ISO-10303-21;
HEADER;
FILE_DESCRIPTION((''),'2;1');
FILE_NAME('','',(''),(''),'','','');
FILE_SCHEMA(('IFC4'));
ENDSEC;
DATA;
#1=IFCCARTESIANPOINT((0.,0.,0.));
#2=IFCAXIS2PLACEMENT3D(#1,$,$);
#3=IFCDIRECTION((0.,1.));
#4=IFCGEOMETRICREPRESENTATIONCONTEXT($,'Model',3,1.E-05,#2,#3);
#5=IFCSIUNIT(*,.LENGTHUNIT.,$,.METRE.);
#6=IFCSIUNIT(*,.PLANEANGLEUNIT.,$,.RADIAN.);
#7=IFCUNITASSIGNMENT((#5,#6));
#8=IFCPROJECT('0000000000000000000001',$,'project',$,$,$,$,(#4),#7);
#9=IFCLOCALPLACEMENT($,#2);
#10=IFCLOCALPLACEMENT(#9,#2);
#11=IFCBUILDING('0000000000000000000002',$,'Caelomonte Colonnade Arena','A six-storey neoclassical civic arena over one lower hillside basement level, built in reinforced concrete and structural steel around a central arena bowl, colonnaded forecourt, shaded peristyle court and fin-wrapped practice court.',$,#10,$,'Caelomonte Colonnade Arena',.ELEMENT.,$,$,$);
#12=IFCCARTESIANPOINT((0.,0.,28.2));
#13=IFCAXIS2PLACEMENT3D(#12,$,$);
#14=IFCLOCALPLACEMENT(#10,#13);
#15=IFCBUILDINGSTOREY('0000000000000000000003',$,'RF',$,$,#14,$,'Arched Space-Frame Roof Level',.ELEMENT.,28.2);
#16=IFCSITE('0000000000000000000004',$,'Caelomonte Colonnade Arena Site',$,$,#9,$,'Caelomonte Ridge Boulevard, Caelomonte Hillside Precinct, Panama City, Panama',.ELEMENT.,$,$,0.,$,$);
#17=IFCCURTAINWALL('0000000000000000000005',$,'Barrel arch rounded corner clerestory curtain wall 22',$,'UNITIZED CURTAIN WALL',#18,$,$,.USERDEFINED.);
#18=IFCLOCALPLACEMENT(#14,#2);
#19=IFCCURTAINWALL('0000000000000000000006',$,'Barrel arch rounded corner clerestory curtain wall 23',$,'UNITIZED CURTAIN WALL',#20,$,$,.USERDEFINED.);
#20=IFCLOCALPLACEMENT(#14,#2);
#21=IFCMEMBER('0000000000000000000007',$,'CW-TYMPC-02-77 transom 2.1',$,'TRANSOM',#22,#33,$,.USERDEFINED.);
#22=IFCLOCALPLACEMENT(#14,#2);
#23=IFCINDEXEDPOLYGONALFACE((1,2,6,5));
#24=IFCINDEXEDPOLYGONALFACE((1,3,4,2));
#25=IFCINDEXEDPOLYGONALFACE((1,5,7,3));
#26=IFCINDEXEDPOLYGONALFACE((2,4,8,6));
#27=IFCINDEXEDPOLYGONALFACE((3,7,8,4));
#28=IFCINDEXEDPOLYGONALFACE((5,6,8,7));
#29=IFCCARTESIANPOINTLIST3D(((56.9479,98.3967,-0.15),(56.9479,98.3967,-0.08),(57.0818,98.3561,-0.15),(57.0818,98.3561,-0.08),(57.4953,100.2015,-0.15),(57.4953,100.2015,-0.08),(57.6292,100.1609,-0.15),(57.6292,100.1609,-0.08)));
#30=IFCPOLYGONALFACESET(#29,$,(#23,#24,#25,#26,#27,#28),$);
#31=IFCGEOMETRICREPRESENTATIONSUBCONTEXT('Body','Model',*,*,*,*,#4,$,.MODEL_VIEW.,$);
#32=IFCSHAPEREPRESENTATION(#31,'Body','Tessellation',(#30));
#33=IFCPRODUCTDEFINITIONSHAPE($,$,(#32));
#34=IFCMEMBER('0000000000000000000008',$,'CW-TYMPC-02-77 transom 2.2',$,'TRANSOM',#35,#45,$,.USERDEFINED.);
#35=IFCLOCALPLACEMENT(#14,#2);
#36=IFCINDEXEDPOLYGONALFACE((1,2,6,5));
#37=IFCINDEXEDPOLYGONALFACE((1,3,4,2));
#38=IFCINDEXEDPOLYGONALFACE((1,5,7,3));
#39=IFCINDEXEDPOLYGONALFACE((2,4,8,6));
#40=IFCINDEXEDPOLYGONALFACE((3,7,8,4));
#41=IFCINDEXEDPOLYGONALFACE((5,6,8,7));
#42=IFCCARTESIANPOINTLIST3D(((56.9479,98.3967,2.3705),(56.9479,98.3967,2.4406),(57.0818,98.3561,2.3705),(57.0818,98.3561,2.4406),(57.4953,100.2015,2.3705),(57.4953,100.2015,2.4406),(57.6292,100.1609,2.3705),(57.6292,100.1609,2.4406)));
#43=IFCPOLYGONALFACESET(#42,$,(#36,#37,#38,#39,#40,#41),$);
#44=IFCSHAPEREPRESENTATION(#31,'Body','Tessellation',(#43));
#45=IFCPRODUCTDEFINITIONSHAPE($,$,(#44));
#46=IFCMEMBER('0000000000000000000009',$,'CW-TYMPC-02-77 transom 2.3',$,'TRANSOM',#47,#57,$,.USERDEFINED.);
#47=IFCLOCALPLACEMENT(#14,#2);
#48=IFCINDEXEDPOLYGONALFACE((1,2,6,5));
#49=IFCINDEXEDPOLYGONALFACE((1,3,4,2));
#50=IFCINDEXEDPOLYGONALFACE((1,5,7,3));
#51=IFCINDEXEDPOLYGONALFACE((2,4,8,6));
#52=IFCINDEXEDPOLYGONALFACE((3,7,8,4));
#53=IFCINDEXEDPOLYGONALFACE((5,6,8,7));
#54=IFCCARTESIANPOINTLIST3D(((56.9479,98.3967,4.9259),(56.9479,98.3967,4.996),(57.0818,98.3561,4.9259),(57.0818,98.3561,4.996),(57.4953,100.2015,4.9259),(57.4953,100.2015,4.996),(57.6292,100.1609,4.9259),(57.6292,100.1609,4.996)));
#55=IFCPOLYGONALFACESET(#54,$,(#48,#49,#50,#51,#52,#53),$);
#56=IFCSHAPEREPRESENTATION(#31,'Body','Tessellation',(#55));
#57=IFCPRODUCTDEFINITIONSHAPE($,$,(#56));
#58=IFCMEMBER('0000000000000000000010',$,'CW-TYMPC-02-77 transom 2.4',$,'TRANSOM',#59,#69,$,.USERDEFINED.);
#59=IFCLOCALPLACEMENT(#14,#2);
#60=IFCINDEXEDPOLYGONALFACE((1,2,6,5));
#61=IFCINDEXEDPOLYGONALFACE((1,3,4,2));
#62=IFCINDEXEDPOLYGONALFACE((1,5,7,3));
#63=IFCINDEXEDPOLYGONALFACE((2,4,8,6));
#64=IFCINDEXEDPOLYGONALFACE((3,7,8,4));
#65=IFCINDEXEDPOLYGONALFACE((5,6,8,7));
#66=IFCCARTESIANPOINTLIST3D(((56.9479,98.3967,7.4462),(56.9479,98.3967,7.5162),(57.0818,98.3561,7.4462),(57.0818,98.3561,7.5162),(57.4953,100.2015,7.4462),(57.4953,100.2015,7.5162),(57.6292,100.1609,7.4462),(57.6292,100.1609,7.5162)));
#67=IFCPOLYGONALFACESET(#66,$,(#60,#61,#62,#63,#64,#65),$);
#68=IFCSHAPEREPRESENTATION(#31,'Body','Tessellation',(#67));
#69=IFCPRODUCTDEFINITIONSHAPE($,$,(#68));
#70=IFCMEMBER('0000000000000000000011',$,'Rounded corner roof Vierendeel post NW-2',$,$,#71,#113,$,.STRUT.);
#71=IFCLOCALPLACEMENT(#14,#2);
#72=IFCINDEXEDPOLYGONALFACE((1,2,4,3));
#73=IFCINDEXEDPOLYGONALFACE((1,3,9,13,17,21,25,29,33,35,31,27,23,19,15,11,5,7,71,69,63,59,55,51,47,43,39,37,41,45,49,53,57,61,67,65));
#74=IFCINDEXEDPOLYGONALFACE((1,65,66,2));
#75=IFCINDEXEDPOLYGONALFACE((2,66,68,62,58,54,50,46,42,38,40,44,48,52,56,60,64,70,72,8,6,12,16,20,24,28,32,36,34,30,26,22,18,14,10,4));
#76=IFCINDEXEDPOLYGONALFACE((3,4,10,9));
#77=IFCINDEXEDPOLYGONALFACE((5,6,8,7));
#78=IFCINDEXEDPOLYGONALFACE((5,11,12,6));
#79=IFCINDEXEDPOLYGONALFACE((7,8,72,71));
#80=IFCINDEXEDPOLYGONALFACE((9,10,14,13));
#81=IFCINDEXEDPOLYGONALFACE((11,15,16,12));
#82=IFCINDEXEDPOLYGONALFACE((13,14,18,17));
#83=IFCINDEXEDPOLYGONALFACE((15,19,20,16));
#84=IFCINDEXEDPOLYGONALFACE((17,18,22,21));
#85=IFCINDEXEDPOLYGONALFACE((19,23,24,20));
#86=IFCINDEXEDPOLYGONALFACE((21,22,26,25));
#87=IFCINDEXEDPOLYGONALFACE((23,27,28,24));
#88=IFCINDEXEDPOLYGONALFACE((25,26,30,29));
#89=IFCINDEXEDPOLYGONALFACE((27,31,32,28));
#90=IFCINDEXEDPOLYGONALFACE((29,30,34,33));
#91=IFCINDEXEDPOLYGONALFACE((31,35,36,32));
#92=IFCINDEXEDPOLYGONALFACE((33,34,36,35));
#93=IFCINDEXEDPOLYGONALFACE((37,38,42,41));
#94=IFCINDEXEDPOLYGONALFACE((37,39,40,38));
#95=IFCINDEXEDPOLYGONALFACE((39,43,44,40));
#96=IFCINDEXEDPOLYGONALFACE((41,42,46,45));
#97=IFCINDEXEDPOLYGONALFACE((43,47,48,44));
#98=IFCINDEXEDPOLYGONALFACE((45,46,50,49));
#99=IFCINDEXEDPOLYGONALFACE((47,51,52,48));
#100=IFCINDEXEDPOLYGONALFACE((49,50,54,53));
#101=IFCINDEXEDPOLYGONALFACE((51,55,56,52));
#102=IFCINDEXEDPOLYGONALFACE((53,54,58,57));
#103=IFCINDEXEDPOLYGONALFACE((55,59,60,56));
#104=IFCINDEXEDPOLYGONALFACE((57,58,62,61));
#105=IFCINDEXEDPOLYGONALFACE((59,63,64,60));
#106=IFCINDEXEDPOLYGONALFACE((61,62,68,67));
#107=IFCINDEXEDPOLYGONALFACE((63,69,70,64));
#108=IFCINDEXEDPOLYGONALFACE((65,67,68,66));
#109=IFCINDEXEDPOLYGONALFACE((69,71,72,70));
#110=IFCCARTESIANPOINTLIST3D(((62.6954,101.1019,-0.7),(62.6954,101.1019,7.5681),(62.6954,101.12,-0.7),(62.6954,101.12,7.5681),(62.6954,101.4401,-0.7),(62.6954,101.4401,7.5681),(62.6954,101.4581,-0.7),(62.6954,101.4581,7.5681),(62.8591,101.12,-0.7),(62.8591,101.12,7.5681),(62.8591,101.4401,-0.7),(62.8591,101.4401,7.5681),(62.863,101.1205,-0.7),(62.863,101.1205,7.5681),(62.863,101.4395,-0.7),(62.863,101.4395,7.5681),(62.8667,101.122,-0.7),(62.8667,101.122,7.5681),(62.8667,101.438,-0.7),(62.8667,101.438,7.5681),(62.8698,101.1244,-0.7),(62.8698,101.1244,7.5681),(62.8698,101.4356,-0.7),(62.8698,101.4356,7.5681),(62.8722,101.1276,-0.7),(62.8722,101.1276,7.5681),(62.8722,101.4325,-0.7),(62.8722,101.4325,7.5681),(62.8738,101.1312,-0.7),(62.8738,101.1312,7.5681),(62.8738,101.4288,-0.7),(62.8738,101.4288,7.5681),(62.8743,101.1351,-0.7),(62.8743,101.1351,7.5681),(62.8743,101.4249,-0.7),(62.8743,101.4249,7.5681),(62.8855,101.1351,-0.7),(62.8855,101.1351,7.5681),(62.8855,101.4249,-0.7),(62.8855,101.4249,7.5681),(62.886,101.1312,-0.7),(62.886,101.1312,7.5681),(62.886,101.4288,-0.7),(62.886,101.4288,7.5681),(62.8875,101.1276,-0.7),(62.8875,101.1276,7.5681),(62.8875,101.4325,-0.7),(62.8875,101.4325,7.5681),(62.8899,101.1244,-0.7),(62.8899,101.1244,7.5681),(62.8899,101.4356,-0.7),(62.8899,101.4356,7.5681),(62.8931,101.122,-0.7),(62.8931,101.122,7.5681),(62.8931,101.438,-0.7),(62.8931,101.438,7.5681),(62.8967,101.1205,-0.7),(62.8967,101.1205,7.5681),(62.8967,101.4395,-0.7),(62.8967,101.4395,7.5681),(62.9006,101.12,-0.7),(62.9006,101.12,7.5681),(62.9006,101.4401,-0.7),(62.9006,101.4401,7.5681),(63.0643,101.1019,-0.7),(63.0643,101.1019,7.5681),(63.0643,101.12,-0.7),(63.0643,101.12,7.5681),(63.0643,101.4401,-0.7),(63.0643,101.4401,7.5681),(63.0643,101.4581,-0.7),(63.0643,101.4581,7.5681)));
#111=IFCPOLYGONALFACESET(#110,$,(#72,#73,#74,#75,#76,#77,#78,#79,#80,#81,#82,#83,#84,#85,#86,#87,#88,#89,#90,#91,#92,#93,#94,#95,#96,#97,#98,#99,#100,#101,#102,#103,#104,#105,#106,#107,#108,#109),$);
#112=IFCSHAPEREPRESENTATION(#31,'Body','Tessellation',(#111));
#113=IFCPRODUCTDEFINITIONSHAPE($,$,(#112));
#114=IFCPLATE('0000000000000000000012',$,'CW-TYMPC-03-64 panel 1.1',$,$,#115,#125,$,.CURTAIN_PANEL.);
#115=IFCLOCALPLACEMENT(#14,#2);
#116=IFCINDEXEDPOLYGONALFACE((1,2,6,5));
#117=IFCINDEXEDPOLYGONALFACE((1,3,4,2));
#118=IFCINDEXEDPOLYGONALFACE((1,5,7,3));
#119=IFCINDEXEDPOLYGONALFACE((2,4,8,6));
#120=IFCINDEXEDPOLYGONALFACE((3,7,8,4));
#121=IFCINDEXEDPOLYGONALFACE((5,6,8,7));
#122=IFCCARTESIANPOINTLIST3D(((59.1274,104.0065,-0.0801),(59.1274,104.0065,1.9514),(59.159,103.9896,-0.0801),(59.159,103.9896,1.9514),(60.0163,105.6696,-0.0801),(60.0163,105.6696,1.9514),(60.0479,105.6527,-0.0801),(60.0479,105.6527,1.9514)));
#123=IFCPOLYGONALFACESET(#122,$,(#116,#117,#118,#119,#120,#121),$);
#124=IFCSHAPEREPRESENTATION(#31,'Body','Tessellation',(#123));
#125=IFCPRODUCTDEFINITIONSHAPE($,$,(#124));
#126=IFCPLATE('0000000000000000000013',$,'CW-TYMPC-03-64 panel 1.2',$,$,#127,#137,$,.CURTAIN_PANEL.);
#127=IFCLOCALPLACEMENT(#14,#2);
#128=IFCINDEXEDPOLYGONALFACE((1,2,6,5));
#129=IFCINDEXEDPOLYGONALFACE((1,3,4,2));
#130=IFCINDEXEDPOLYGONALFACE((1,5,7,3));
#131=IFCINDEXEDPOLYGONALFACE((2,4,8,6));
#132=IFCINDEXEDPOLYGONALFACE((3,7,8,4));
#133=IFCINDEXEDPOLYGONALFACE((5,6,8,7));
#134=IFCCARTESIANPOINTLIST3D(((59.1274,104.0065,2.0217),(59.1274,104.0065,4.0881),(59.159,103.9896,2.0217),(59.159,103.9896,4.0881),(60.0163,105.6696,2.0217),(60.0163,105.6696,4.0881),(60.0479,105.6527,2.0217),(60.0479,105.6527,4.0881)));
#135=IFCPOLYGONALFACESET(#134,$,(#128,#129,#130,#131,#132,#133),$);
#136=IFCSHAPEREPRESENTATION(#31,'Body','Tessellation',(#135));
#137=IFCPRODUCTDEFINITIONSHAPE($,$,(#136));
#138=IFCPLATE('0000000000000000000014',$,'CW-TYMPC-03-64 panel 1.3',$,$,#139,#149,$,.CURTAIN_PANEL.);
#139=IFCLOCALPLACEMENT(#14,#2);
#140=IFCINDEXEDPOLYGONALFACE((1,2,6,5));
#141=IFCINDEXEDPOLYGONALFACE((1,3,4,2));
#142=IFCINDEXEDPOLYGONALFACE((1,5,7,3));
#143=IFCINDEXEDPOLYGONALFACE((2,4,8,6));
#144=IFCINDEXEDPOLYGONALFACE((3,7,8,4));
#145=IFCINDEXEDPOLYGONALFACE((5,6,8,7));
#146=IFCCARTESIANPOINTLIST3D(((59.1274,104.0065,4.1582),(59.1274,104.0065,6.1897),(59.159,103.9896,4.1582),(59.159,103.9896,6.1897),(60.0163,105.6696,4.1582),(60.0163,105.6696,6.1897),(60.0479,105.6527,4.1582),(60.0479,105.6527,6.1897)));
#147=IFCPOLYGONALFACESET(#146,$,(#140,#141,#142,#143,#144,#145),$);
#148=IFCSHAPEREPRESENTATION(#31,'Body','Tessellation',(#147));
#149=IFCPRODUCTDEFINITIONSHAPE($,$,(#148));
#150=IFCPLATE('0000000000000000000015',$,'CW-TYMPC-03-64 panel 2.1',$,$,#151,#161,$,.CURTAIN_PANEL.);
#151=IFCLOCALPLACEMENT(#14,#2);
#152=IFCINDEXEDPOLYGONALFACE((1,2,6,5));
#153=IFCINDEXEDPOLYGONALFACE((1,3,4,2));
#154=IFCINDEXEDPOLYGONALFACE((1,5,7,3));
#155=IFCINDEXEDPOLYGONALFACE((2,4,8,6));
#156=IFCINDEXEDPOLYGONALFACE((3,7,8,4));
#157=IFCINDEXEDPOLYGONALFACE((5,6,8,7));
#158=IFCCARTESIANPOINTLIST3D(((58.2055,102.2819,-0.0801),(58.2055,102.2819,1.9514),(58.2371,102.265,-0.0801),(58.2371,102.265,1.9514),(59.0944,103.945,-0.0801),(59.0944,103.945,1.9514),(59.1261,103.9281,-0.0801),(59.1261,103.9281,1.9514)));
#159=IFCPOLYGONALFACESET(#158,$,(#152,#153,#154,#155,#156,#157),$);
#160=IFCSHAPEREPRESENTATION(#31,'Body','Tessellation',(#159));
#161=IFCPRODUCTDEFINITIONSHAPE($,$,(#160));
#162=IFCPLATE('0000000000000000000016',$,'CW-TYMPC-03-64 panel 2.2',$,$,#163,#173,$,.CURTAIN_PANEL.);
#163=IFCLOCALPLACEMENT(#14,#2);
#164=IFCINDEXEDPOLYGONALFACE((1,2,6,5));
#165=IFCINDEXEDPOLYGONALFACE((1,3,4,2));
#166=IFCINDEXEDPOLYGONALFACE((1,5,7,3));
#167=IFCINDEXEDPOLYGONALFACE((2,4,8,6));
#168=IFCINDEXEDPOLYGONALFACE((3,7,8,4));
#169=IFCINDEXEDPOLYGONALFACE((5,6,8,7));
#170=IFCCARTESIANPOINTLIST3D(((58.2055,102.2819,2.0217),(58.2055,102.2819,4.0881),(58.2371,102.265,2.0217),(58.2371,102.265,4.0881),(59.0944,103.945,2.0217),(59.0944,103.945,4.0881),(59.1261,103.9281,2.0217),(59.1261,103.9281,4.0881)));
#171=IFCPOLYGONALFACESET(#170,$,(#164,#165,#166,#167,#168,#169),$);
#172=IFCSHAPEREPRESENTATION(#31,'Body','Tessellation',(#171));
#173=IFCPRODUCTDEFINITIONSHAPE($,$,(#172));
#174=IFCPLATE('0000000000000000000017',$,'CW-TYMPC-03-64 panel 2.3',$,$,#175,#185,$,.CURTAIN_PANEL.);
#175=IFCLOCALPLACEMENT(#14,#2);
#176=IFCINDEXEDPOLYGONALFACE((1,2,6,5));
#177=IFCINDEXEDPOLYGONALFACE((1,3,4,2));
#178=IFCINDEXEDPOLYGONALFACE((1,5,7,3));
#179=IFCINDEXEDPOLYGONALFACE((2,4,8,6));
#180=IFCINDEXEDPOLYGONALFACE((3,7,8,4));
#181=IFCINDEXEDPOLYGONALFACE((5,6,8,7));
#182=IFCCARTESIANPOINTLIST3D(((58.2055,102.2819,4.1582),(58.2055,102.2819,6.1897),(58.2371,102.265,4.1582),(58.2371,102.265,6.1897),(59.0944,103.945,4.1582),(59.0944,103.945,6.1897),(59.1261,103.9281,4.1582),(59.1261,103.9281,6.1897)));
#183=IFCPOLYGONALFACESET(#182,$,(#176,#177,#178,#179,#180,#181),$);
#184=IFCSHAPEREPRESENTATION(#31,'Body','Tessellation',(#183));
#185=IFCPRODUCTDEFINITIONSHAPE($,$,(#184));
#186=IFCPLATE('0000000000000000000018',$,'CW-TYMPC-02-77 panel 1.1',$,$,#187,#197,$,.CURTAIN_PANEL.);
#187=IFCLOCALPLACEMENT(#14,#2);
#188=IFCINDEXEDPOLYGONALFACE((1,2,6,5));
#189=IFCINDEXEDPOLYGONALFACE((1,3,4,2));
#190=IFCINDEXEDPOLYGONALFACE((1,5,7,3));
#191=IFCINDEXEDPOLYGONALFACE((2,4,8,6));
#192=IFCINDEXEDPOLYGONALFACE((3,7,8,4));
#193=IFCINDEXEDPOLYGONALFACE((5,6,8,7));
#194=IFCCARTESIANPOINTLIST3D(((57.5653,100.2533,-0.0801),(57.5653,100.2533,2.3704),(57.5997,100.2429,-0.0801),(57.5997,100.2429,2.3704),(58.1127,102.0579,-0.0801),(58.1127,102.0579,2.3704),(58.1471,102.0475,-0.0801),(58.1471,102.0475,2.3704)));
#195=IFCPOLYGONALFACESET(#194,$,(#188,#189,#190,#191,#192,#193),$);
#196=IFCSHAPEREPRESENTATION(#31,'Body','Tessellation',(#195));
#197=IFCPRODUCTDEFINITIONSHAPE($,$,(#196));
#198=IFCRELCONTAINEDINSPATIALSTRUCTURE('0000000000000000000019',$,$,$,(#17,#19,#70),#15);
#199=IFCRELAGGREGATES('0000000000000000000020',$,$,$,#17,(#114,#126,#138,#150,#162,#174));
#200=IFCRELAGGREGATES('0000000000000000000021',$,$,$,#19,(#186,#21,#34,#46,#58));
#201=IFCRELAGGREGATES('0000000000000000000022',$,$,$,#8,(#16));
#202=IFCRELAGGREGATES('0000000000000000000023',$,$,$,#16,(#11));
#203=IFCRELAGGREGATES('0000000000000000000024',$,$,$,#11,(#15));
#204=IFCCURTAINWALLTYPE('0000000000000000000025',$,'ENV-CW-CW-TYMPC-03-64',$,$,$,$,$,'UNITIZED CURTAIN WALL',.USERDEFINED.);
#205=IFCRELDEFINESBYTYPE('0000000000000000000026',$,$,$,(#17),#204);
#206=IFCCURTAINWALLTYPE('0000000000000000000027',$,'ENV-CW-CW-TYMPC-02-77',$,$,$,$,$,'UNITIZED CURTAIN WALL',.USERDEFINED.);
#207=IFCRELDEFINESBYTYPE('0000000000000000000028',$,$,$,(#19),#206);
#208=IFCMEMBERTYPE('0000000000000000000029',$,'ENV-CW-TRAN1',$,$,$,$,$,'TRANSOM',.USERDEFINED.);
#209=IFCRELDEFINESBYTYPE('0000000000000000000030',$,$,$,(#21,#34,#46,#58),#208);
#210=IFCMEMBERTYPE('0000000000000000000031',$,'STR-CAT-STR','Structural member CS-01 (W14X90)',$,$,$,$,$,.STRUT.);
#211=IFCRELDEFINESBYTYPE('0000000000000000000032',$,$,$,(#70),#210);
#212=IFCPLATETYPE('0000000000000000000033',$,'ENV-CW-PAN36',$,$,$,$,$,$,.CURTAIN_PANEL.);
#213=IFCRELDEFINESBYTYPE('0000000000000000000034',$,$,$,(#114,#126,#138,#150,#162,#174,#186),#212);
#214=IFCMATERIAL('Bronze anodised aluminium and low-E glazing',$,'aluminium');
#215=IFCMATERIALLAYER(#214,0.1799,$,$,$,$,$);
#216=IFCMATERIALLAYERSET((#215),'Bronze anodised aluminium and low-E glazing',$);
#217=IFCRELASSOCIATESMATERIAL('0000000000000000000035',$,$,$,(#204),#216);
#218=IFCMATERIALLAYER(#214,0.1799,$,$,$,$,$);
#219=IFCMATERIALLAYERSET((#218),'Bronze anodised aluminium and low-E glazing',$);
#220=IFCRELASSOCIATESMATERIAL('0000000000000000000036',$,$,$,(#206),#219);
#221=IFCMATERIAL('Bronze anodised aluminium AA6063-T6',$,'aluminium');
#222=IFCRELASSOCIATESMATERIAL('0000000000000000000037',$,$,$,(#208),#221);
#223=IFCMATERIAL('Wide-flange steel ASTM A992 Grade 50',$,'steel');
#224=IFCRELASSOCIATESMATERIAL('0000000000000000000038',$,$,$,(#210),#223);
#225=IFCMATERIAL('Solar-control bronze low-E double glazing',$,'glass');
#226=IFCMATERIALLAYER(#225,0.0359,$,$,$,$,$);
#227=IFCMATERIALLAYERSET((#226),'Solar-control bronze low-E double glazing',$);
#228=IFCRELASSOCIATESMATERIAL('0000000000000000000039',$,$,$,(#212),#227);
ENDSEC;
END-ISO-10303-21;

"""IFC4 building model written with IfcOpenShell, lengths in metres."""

from ifc_helpers import new_model, si_unit, direction, frame, origin, origin_2d, place, context, subcontext, project, spatial, rectangle, i_section, extrude, material, layer, layer_set, material_profile, profile_set, type_object, element, aggregate, save


model = new_model("IFC4")

# Units and contexts
model_context = context("Model", 3, precision=1e-05, world=origin(), true_north=direction((0.0, 1.0)))
body_context = subcontext(model_context, "Body", "Model", "MODEL_VIEW")
ifc_project = project(units=[si_unit("LENGTHUNIT", "METRE"), si_unit("PLANEANGLEUNIT", "RADIAN")], contexts=[model_context])

# Site, building, storey
site_placement = place(None, origin())
site = spatial("IfcSite", under=ifc_project, at=site_placement, Name="Caelomonte Colonnade Arena Site", LongName="Caelomonte Ridge Boulevard, Caelomonte Hillside Precinct, Panama City, Panama", CompositionType="ELEMENT", RefElevation=0.0)
building_placement = place(site_placement, origin())
building = spatial("IfcBuilding", under=site, at=building_placement, Name="Caelomonte Colonnade Arena", Description="A six-storey neoclassical civic arena over one lower hillside basement level, built in reinforced concrete and structural steel around a central arena bowl, colonnaded forecourt, shaded peristyle court and fin-wrapped practice court.", LongName="Caelomonte Colonnade Arena", CompositionType="ELEMENT")
storey_placement = place(building_placement, frame((0.0, 0.0, 28.2)))
storey = spatial("IfcBuildingStorey", under=building, at=storey_placement, Name="RF", LongName="Arched Space-Frame Roof Level", CompositionType="ELEMENT", Elevation=28.2)

# Curtain walls
ifc_material_1 = material(Name="Bronze anodised aluminium and low-E glazing", Category="aluminium")
ifc_layer_1 = layer(ifc_material_1, 0.1799)
ifc_layer_set_1 = layer_set([ifc_layer_1], Name="Bronze anodised aluminium and low-E glazing")
curtain_wall_type_1 = type_object("IfcCurtainWallType", Name="ENV-CW-CW-TYMPC-03-64", ElementType="UNITIZED CURTAIN WALL", PredefinedType="USERDEFINED", material=ifc_layer_set_1)
curtain_wall_1_placement = place(storey_placement, origin())
curtain_wall_1 = element("IfcCurtainWall", 1, at=curtain_wall_1_placement, inside=storey, type_object=curtain_wall_type_1, Name="Barrel arch rounded corner clerestory curtain wall 22", ObjectType="UNITIZED CURTAIN WALL", PredefinedType="USERDEFINED")
ifc_material_2 = material(Name="Bronze anodised aluminium AA6063-T6", Category="aluminium")
ifc_layer_2 = layer(ifc_material_1, 0.1799)
ifc_layer_set_2 = layer_set([ifc_layer_2], Name="Bronze anodised aluminium and low-E glazing")
curtain_wall_type_2 = type_object("IfcCurtainWallType", Name="ENV-CW-CW-TYMPC-02-77", ElementType="UNITIZED CURTAIN WALL", PredefinedType="USERDEFINED", material=ifc_layer_set_2)
curtain_wall_2_placement = place(storey_placement, origin())
curtain_wall_2 = element("IfcCurtainWall", 2, at=curtain_wall_2_placement, inside=storey, type_object=curtain_wall_type_2, Name="Barrel arch rounded corner clerestory curtain wall 23", ObjectType="UNITIZED CURTAIN WALL", PredefinedType="USERDEFINED")

# Members
ifc_material_profile_1 = material_profile(ifc_material_2, rectangle(XDim=0.0701, YDim=0.1399, at=origin_2d()), Name="CWT-70X140")
ifc_profile_set_1 = profile_set([ifc_material_profile_1], Name="Bronze anodised aluminium AA6063-T6")
member_type_1 = type_object("IfcMemberType", Name="ENV-CW-TRAN1", ElementType="TRANSOM", PredefinedType="USERDEFINED", material=ifc_profile_set_1)
member_1_placement = place(storey_placement, frame((57.5623, 100.1812, -0.115), z_axis=(-0.290245, -0.956953, 0.0), x_axis=(0.0, 0.0, 1.0)))
member_1 = element("IfcMember", 3, at=member_1_placement, type_object=member_type_1, Name="CW-TYMPC-02-77 transom 2.1", ObjectType="TRANSOM", PredefinedType="USERDEFINED", context=body_context, shape_type="SweptSolid", body=[
    extrude(rectangle(XDim=0.0701, YDim=0.1399, at=origin_2d()), origin(), (0.0, 0.0, 1.0), 1.886),
])
member_2_placement = place(storey_placement, frame((57.5623, 100.1812, 2.4055), z_axis=(-0.290245, -0.956953, 0.0), x_axis=(0.0, 0.0, 1.0)))
member_2 = element("IfcMember", 4, at=member_2_placement, type_object=member_type_1, Name="CW-TYMPC-02-77 transom 2.2", ObjectType="TRANSOM", PredefinedType="USERDEFINED", context=body_context, shape_type="SweptSolid", body=[
    extrude(rectangle(XDim=0.0701, YDim=0.1399, at=origin_2d()), origin(), (0.0, 0.0, 1.0), 1.886),
])
member_3_placement = place(storey_placement, frame((57.5623, 100.1812, 4.9609), z_axis=(-0.290245, -0.956953, 0.0), x_axis=(0.0, 0.0, 1.0)))
member_3 = element("IfcMember", 5, at=member_3_placement, type_object=member_type_1, Name="CW-TYMPC-02-77 transom 2.3", ObjectType="TRANSOM", PredefinedType="USERDEFINED", context=body_context, shape_type="SweptSolid", body=[
    extrude(rectangle(XDim=0.0701, YDim=0.1399, at=origin_2d()), origin(), (0.0, 0.0, 1.0), 1.886),
])
member_4_placement = place(storey_placement, frame((57.5623, 100.1812, 7.4812), z_axis=(-0.290245, -0.956953, 0.0), x_axis=(0.0, 0.0, 1.0)))
member_4 = element("IfcMember", 6, at=member_4_placement, type_object=member_type_1, Name="CW-TYMPC-02-77 transom 2.4", ObjectType="TRANSOM", PredefinedType="USERDEFINED", context=body_context, shape_type="SweptSolid", body=[
    extrude(rectangle(XDim=0.0701, YDim=0.1399, at=origin_2d()), origin(), (0.0, 0.0, 1.0), 1.886),
])
ifc_material_3 = material(Name="Wide-flange steel ASTM A992 Grade 50", Category="steel")
ifc_material_profile_2 = material_profile(ifc_material_3, i_section(OverallWidth=0.3689, OverallDepth=0.3562, WebThickness=0.0112, FlangeThickness=0.0181, FilletRadius=0.0151, at=origin_2d()), Name="W14X90")
ifc_profile_set_2 = profile_set([ifc_material_profile_2], Name="Wide-flange steel ASTM A992 Grade 50")
member_type_2 = type_object("IfcMemberType", Name="STR-CAT-STR", Description="Structural member CS-01 (W14X90)", PredefinedType="STRUT", material=ifc_profile_set_2)
member_5_placement = place(storey_placement, frame((62.8799, 101.28, -0.7), z_axis=(0.0, 0.0, 1.0), x_axis=(1.0, 0.0, 0.0)))
element("IfcMember", 7, at=member_5_placement, inside=storey, type_object=member_type_2, Name="Rounded corner roof Vierendeel post NW-2", PredefinedType="STRUT", context=body_context, shape_type="SweptSolid", body=[
    extrude(i_section(OverallWidth=0.3689, OverallDepth=0.3562, WebThickness=0.0112, FlangeThickness=0.0181, FilletRadius=0.0151, at=origin_2d()), origin(), (0.0, 0.0, 1.0), 8.2681),
])

# Plates
ifc_material_4 = material(Name="Solar-control bronze low-E double glazing", Category="glass")
ifc_layer_3 = layer(ifc_material_4, 0.0359)
ifc_layer_set_3 = layer_set([ifc_layer_3], Name="Solar-control bronze low-E double glazing")
plate_type = type_object("IfcPlateType", Name="ENV-CW-PAN36", PredefinedType="CURTAIN_PANEL", material=ifc_layer_set_3)
plate_1_placement = place(storey_placement, frame((59.5876, 104.8296, -0.0801), z_axis=(0.0, 0.0, 1.0), x_axis=(-0.471391, -0.881924, 0.0)))
plate_1 = element("IfcPlate", 8, at=plate_1_placement, type_object=plate_type, Name="CW-TYMPC-03-64 panel 1.1", PredefinedType="CURTAIN_PANEL", context=body_context, shape_type="SweptSolid", body=[
    extrude(rectangle(XDim=1.8857, YDim=0.0359, at=origin_2d()), origin(), (0.0, 0.0, 1.0), 2.0315),
])
plate_2_placement = place(storey_placement, frame((59.5876, 104.8296, 2.0217), z_axis=(0.0, 0.0, 1.0), x_axis=(-0.471391, -0.881924, 0.0)))
plate_2 = element("IfcPlate", 9, at=plate_2_placement, type_object=plate_type, Name="CW-TYMPC-03-64 panel 1.2", PredefinedType="CURTAIN_PANEL", context=body_context, shape_type="SweptSolid", body=[
    extrude(rectangle(XDim=1.8857, YDim=0.0359, at=origin_2d()), origin(), (0.0, 0.0, 1.0), 2.0664),
])
plate_3_placement = place(storey_placement, frame((59.5876, 104.8296, 4.1582), z_axis=(0.0, 0.0, 1.0), x_axis=(-0.471391, -0.881924, 0.0)))
plate_3 = element("IfcPlate", 10, at=plate_3_placement, type_object=plate_type, Name="CW-TYMPC-03-64 panel 1.3", PredefinedType="CURTAIN_PANEL", context=body_context, shape_type="SweptSolid", body=[
    extrude(rectangle(XDim=1.8857, YDim=0.0359, at=origin_2d()), origin(), (0.0, 0.0, 1.0), 2.0315),
])
plate_4_placement = place(storey_placement, frame((58.6658, 103.105, -0.0801), z_axis=(0.0, 0.0, 1.0), x_axis=(-0.471391, -0.881924, 0.0)))
plate_4 = element("IfcPlate", 11, at=plate_4_placement, type_object=plate_type, Name="CW-TYMPC-03-64 panel 2.1", PredefinedType="CURTAIN_PANEL", context=body_context, shape_type="SweptSolid", body=[
    extrude(rectangle(XDim=1.8857, YDim=0.0359, at=origin_2d()), origin(), (0.0, 0.0, 1.0), 2.0315),
])
plate_5_placement = place(storey_placement, frame((58.6658, 103.105, 2.0217), z_axis=(0.0, 0.0, 1.0), x_axis=(-0.471391, -0.881924, 0.0)))
plate_5 = element("IfcPlate", 12, at=plate_5_placement, type_object=plate_type, Name="CW-TYMPC-03-64 panel 2.2", PredefinedType="CURTAIN_PANEL", context=body_context, shape_type="SweptSolid", body=[
    extrude(rectangle(XDim=1.8857, YDim=0.0359, at=origin_2d()), origin(), (0.0, 0.0, 1.0), 2.0664),
])
plate_6_placement = place(storey_placement, frame((58.6658, 103.105, 4.1582), z_axis=(0.0, 0.0, 1.0), x_axis=(-0.471391, -0.881924, 0.0)))
plate_6 = element("IfcPlate", 13, at=plate_6_placement, type_object=plate_type, Name="CW-TYMPC-03-64 panel 2.3", PredefinedType="CURTAIN_PANEL", context=body_context, shape_type="SweptSolid", body=[
    extrude(rectangle(XDim=1.8857, YDim=0.0359, at=origin_2d()), origin(), (0.0, 0.0, 1.0), 2.0315),
])
aggregate(curtain_wall_1, [plate_1, plate_2, plate_3, plate_4, plate_5, plate_6])
plate_7_placement = place(storey_placement, frame((57.8562, 101.1504, -0.0801), z_axis=(0.0, 0.0, 1.0), x_axis=(-0.290266, -0.956946, 0.0)))
plate_7 = element("IfcPlate", 14, at=plate_7_placement, type_object=plate_type, Name="CW-TYMPC-02-77 panel 1.1", PredefinedType="CURTAIN_PANEL", context=body_context, shape_type="SweptSolid", body=[
    extrude(rectangle(XDim=1.8857, YDim=0.0359, at=origin_2d()), origin(), (0.0, 0.0, 1.0), 2.4504),
])
aggregate(curtain_wall_2, [plate_7, member_1, member_2, member_3, member_4])

save(model, "model.ifc")
